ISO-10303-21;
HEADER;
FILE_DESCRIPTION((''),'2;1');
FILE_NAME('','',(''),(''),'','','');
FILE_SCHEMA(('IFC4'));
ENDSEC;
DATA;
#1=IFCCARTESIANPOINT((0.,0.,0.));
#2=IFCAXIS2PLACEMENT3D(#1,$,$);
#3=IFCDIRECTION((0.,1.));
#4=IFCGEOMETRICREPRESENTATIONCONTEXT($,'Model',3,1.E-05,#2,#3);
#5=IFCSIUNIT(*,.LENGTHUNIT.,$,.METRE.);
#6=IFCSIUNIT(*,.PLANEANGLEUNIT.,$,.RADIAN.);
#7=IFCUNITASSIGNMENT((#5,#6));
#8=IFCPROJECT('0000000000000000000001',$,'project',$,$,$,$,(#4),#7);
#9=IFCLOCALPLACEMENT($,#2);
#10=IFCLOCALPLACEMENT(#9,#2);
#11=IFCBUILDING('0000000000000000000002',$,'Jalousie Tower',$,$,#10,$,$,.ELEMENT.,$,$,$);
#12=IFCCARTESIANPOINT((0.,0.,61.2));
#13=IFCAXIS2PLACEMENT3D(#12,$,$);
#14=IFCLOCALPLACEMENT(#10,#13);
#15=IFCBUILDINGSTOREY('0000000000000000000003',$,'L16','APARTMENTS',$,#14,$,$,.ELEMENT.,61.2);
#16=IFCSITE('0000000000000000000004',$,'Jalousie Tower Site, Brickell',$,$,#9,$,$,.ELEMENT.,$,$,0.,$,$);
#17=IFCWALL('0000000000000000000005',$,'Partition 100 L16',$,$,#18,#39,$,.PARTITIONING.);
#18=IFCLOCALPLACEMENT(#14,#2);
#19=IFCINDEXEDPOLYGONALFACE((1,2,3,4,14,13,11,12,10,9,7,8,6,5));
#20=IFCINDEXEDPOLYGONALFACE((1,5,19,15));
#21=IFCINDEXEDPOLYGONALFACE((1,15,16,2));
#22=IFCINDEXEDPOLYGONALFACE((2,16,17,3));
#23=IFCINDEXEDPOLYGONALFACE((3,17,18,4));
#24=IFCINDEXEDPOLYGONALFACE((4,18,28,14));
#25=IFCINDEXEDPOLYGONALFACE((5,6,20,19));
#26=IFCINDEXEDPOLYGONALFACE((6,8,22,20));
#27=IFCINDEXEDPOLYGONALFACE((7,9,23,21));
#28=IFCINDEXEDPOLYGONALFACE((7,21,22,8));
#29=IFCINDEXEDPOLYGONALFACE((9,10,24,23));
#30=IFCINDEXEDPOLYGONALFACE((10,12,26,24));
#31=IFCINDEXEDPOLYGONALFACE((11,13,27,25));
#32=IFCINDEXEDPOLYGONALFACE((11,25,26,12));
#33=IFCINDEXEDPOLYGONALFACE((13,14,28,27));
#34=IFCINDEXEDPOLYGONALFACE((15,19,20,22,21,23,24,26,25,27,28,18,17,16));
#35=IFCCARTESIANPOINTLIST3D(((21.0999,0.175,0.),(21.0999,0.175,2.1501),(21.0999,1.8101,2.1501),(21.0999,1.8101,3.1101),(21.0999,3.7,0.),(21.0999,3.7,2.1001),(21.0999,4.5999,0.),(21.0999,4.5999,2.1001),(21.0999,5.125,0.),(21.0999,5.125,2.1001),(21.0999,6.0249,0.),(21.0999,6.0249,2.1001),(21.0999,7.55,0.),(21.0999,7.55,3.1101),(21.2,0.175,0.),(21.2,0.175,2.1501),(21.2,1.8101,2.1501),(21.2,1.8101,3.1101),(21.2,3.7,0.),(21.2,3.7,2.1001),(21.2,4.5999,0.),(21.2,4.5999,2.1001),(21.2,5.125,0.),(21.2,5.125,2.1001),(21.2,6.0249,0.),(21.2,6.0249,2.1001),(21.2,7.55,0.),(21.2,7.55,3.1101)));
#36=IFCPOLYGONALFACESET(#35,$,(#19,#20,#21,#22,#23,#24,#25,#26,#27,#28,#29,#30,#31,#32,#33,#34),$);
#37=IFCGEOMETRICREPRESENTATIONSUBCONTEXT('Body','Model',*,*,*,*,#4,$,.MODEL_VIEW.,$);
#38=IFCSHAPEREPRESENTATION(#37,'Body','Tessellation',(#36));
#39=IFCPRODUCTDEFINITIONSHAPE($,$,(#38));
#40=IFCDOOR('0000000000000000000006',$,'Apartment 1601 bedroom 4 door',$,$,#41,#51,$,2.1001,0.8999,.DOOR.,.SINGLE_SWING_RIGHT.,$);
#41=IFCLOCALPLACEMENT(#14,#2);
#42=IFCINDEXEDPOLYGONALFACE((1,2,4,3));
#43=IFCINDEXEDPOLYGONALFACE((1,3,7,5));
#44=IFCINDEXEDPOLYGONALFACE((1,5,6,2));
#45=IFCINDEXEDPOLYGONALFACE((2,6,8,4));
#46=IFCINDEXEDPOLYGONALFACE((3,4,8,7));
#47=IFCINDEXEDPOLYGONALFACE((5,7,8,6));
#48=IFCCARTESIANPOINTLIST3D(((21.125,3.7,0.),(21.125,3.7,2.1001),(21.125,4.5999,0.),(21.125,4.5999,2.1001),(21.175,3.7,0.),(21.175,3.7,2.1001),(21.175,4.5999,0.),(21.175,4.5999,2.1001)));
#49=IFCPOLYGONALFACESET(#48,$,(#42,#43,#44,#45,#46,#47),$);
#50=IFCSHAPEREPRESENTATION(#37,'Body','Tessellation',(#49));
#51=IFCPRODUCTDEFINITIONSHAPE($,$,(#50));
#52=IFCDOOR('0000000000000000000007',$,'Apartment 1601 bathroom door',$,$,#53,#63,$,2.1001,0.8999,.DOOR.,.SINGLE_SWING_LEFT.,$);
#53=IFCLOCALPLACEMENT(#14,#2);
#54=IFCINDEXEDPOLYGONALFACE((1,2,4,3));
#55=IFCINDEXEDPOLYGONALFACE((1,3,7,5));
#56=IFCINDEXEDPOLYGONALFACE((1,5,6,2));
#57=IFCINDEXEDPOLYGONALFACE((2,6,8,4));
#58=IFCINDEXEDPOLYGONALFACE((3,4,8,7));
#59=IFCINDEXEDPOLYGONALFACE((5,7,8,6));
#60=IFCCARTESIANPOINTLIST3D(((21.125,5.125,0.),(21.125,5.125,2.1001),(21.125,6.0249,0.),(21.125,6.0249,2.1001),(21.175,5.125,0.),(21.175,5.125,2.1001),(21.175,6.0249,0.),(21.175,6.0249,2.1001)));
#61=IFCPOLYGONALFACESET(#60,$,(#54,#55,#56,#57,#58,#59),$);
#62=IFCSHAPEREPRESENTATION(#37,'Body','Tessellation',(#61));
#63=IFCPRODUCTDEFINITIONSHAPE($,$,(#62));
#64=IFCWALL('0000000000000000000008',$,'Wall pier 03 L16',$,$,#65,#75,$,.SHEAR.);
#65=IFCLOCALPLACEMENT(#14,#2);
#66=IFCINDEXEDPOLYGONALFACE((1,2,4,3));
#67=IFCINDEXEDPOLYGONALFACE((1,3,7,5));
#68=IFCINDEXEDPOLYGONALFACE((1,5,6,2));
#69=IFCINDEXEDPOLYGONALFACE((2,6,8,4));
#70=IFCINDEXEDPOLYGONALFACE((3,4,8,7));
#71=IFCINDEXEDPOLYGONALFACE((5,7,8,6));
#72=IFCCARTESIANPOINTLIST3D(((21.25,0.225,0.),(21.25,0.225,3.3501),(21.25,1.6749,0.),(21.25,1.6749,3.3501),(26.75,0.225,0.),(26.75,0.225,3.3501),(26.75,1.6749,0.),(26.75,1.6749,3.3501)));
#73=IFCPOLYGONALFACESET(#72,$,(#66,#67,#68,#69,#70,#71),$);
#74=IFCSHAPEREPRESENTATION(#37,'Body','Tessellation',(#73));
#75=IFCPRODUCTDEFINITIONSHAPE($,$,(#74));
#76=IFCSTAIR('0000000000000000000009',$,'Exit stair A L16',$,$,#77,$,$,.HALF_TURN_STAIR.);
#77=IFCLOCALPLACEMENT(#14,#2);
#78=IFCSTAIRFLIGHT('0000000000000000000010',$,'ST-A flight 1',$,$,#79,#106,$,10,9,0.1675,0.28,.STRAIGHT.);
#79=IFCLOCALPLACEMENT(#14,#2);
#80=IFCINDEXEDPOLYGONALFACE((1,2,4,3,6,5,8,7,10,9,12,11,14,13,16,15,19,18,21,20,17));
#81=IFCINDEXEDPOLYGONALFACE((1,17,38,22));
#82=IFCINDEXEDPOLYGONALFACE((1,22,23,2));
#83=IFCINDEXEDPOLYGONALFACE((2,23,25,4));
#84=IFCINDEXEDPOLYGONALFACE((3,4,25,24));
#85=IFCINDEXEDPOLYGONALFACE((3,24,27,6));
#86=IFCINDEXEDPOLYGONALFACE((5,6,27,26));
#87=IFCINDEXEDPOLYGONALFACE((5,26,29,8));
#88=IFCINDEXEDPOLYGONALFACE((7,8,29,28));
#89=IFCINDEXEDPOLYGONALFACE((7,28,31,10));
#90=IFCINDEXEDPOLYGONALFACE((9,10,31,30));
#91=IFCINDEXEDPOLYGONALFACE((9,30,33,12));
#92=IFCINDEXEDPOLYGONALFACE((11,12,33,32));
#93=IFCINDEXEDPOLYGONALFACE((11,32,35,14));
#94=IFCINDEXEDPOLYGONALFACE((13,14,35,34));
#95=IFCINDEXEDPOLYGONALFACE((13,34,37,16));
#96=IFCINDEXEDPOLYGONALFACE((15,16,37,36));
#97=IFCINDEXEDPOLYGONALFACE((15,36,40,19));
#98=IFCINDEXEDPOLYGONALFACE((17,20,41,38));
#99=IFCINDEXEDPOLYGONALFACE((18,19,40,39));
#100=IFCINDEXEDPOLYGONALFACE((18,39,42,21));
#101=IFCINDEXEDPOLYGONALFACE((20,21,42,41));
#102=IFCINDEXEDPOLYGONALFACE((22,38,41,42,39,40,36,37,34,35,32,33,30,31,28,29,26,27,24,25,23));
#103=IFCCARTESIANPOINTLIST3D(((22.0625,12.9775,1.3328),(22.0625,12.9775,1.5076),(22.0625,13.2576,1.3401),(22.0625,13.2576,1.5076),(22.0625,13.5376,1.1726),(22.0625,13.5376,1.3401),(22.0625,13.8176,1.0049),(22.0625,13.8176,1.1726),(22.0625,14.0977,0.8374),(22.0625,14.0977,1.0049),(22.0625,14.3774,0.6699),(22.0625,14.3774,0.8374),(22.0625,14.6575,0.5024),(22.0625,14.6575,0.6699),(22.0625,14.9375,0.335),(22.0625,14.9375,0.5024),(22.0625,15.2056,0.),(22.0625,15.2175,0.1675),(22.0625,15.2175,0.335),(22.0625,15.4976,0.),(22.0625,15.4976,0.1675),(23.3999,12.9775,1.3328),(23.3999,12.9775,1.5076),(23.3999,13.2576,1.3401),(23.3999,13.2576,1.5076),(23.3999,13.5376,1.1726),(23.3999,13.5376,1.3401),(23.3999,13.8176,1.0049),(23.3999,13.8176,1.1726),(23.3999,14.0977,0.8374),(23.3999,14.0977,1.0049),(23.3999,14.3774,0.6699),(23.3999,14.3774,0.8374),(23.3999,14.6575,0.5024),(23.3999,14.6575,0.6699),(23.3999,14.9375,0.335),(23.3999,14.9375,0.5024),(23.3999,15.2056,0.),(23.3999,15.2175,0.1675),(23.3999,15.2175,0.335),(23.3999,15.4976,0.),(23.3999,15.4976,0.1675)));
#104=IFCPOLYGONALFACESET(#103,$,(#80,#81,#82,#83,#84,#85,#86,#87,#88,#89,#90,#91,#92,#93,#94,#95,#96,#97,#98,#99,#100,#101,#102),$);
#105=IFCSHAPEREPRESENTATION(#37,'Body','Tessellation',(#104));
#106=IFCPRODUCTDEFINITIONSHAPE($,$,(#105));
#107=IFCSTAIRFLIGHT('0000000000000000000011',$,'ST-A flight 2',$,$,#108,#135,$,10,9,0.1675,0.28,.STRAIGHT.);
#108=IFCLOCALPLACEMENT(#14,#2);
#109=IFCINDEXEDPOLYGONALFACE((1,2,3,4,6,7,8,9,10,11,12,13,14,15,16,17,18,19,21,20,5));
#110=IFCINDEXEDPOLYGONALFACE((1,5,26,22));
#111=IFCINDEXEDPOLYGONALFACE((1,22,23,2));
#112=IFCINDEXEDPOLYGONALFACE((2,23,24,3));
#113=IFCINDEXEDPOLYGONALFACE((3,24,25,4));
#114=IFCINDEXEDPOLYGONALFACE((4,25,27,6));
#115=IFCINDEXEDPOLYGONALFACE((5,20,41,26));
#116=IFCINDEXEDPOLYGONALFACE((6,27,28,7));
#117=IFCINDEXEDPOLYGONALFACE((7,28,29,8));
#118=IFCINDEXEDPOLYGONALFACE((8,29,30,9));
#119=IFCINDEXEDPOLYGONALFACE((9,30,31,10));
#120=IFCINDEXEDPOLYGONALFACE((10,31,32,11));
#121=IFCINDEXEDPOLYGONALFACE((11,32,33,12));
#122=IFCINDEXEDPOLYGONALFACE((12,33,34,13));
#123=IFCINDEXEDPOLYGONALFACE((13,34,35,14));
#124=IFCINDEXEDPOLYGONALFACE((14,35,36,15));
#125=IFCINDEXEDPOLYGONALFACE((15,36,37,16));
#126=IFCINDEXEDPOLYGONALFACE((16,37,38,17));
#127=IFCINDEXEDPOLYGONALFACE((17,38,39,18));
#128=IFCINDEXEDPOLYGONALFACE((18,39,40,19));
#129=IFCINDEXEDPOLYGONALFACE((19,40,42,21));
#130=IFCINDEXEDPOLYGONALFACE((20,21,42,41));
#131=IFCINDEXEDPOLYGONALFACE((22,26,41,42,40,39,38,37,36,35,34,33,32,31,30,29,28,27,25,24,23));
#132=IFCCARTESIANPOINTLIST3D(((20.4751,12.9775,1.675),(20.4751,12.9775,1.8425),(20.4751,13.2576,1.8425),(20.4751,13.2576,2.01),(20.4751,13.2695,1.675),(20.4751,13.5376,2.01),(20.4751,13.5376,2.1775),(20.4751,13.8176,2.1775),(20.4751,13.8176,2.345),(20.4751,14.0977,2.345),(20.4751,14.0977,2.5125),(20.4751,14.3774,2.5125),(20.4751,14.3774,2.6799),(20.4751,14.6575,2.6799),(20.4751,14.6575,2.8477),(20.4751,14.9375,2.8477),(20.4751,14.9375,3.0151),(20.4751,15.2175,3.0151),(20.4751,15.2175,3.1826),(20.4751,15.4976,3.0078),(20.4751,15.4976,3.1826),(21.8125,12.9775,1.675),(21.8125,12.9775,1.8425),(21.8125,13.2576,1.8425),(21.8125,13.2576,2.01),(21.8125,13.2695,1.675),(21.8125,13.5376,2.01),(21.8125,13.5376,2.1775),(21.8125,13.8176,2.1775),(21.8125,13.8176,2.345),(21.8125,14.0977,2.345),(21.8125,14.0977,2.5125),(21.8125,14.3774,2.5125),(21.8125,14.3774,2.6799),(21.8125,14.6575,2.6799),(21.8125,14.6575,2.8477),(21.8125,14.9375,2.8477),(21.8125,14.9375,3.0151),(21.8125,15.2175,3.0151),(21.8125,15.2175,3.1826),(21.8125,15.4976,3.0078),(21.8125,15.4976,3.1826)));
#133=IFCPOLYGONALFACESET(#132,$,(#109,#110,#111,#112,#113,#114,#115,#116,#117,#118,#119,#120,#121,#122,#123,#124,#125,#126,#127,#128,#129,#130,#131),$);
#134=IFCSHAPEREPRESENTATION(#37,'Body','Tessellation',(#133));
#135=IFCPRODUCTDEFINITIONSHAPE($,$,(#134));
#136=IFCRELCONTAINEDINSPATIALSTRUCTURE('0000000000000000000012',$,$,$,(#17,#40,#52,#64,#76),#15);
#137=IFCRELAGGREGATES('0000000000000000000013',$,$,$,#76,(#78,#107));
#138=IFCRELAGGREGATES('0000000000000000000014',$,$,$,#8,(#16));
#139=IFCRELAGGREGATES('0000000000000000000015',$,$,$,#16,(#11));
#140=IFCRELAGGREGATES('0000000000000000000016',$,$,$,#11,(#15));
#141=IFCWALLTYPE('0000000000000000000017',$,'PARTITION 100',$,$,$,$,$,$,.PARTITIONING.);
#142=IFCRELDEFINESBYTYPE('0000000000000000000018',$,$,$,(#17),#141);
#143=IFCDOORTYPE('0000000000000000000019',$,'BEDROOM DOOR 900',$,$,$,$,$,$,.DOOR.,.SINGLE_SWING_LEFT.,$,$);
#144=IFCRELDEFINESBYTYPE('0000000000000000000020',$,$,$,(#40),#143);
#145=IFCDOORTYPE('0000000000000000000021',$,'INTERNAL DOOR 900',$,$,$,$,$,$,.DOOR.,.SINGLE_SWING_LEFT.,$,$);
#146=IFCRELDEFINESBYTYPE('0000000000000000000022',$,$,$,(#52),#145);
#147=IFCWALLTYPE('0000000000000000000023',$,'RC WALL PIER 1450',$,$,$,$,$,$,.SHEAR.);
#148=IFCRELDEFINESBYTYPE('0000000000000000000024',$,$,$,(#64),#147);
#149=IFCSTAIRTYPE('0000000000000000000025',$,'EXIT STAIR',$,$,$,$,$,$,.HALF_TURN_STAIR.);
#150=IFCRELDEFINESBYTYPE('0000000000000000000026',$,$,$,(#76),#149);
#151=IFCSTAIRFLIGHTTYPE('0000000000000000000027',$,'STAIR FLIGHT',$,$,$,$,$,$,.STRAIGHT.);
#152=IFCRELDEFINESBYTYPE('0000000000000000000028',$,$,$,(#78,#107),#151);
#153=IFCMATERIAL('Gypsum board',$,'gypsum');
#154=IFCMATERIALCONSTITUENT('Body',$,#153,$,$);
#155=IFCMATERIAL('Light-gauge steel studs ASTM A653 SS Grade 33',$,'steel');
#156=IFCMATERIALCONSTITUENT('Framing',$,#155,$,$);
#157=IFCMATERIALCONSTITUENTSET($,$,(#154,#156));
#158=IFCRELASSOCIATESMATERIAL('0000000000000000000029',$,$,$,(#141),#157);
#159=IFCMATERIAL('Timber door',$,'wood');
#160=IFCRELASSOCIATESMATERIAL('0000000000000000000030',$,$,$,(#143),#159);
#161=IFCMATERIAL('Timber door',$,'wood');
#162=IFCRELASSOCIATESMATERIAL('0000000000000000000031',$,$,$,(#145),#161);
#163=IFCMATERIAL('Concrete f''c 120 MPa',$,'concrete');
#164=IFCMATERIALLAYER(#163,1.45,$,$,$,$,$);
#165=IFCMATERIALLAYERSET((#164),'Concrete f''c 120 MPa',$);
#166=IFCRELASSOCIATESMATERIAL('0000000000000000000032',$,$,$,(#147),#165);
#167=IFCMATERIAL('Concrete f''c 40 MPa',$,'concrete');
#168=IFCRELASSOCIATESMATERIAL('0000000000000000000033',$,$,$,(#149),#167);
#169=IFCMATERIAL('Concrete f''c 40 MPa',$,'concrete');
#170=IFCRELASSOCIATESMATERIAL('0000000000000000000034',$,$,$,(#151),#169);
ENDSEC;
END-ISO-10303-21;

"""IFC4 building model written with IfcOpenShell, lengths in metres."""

from ifc_helpers import new_model, si_unit, direction, frame, frame_2d, origin, place, context, subcontext, project, spatial, polyline, rectangle, outline, extrude, material, layer, layer_set, constituent, constituent_set, type_object, element, fill, aggregate, save


model = new_model("IFC4")

# Units and contexts
model_context = context("Model", 3, precision=1e-05, world=origin(), true_north=direction((0.0, 1.0)))
body_context = subcontext(model_context, "Body", "Model", "MODEL_VIEW")
ifc_project = project(units=[si_unit("LENGTHUNIT", "METRE"), si_unit("PLANEANGLEUNIT", "RADIAN")], contexts=[model_context])

# Site, building, storey
site_placement = place(None, origin())
site = spatial("IfcSite", under=ifc_project, at=site_placement, Name="Jalousie Tower Site, Brickell", CompositionType="ELEMENT", RefElevation=0.0)
building_placement = place(site_placement, origin())
building = spatial("IfcBuilding", under=site, at=building_placement, Name="Jalousie Tower", CompositionType="ELEMENT")
storey_placement = place(building_placement, frame((0.0, 0.0, 61.2)))
storey = spatial("IfcBuildingStorey", under=building, at=storey_placement, Name="L16", Description="APARTMENTS", CompositionType="ELEMENT", Elevation=61.2)

# Wall, openings, doors
ifc_material_1 = material(Name="Gypsum board", Category="gypsum")
ifc_constituent_1 = constituent(ifc_material_1, Name="Body")
ifc_material_2 = material(Name="Light-gauge steel studs ASTM A653 SS Grade 33", Category="steel")
ifc_constituent_2 = constituent(ifc_material_2, Name="Framing")
ifc_constituent_set_1 = constituent_set(constituents=[ifc_constituent_1, ifc_constituent_2])
wall_type_1 = type_object("IfcWallType", Name="PARTITION 100", PredefinedType="PARTITIONING", material=ifc_constituent_set_1)
wall_1_placement = place(storey_placement, frame((21.1499, 0.175, 0.0), z_axis=(0.0, 0.0, 1.0), x_axis=(0.0, 1.0, 0.0)))
wall_1 = element("IfcWall", 1, at=wall_1_placement, inside=storey, type_object=wall_type_1, Name="Partition 100 L16", PredefinedType="PARTITIONING", context=body_context, shape_type="SweptSolid", body=[
    extrude(outline(polyline([(0.0, 0.0), (7.375, 0.0), (7.375, 3.1101), (1.635, 3.1101), (1.635, 2.1501), (0.0, 2.1501), (0.0, 3.1101), (0.0, 0.0)])), frame((0.0, 0.05, 0.0), z_axis=(0.0, -1.0, 0.0), x_axis=(1.0, 0.0, 0.0)), (0.0, 0.0, 1.0), 0.1001),
])
opening_1_placement = place(wall_1_placement, frame((3.5249, 0.0, 0.0)))
opening_1 = element("IfcOpeningElement", 2, at=opening_1_placement, cuts=wall_1, PredefinedType="OPENING", context=body_context, shape_type="SweptSolid", body=[
    extrude(rectangle(XDim=0.8999, YDim=2.1001, at=frame_2d((0.45, 1.05))), frame((0.0, 0.0601, 0.0), z_axis=(0.0, -1.0, 0.0), x_axis=(1.0, 0.0, 0.0)), (0.0, 0.0, 1.0), 0.1201),
])
opening_2_placement = place(wall_1_placement, frame((4.95, 0.0, 0.0)))
opening_2 = element("IfcOpeningElement", 3, at=opening_2_placement, cuts=wall_1, PredefinedType="OPENING", context=body_context, shape_type="SweptSolid", body=[
    extrude(rectangle(XDim=0.8999, YDim=2.1001, at=frame_2d((0.45, 1.05))), frame((0.0, 0.0601, 0.0), z_axis=(0.0, -1.0, 0.0), x_axis=(1.0, 0.0, 0.0)), (0.0, 0.0, 1.0), 0.1201),
])
ifc_material_3 = material(Name="Timber door", Category="wood")
door_type_1 = type_object("IfcDoorType", Name="BEDROOM DOOR 900", OperationType="SINGLE_SWING_LEFT", PredefinedType="DOOR", material=ifc_material_3)
door_1_placement = place(opening_1_placement, origin())
door_1 = element("IfcDoor", 4, at=door_1_placement, inside=storey, type_object=door_type_1, Name="Apartment 1601 bedroom 4 door", OperationType="SINGLE_SWING_RIGHT", OverallHeight=2.1001, OverallWidth=0.8999, PredefinedType="DOOR", context=body_context, shape_type="SweptSolid", body=[
    extrude(rectangle(XDim=0.8999, YDim=2.1001, at=frame_2d((0.45, 1.05))), frame((0.0, 0.0249, 0.0), z_axis=(0.0, -1.0, 0.0), x_axis=(1.0, 0.0, 0.0)), (0.0, 0.0, 1.0), 0.05),
])
fill(opening_1, door_1)
ifc_material_4 = material(Name="Timber door", Category="wood")
door_type_2 = type_object("IfcDoorType", Name="INTERNAL DOOR 900", OperationType="SINGLE_SWING_LEFT", PredefinedType="DOOR", material=ifc_material_4)
door_2_placement = place(opening_2_placement, origin())
door_2 = element("IfcDoor", 5, at=door_2_placement, inside=storey, type_object=door_type_2, Name="Apartment 1601 bathroom door", OperationType="SINGLE_SWING_LEFT", OverallHeight=2.1001, OverallWidth=0.8999, PredefinedType="DOOR", context=body_context, shape_type="SweptSolid", body=[
    extrude(rectangle(XDim=0.8999, YDim=2.1001, at=frame_2d((0.45, 1.05))), frame((0.0, 0.0249, 0.0), z_axis=(0.0, -1.0, 0.0), x_axis=(1.0, 0.0, 0.0)), (0.0, 0.0, 1.0), 0.05),
])
fill(opening_2, door_2)

# Wall
ifc_material_5 = material(Name="Concrete f'c 120 MPa", Category="concrete")
ifc_layer_1 = layer(ifc_material_5, 1.45)
ifc_layer_set_1 = layer_set([ifc_layer_1], Name="Concrete f'c 120 MPa")
wall_type_2 = type_object("IfcWallType", Name="RC WALL PIER 1450", PredefinedType="SHEAR", material=ifc_layer_set_1)
wall_2_placement = place(storey_placement, frame((21.25, 0.95, 0.0), z_axis=(0.0, 0.0, 1.0), x_axis=(1.0, 0.0, 0.0)))
element("IfcWall", 6, at=wall_2_placement, inside=storey, type_object=wall_type_2, Name="Wall pier 03 L16", PredefinedType="SHEAR", context=body_context, shape_type="SweptSolid", body=[
    extrude(rectangle(XDim=5.5, YDim=1.45, at=frame_2d((2.75, 0.0))), origin(), (0.0, 0.0, 1.0), 3.3501),
])

# Stair, stair flights
ifc_material_6 = material(Name="Concrete f'c 40 MPa", Category="concrete")
stair_type = type_object("IfcStairType", Name="EXIT STAIR", PredefinedType="HALF_TURN_STAIR", material=ifc_material_6)
stair_placement = place(storey_placement, origin())
stair = element("IfcStair", 7, at=stair_placement, inside=storey, type_object=stair_type, Name="Exit stair A L16", PredefinedType="HALF_TURN_STAIR")
ifc_material_7 = material(Name="Concrete f'c 40 MPa", Category="concrete")
stair_flight_type = type_object("IfcStairFlightType", Name="STAIR FLIGHT", PredefinedType="STRAIGHT", material=ifc_material_7)
stair_flight_1_placement = place(storey_placement, frame((22.7312, 15.4976, 0.0), z_axis=(0.0, 0.0, 1.0), x_axis=(0.0, -1.0, 0.0)))
stair_flight_1 = element("IfcStairFlight", 8, at=stair_flight_1_placement, type_object=stair_flight_type, Name="ST-A flight 1", NumberOfRisers=10, NumberOfTreads=9, PredefinedType="STRAIGHT", RiserHeight=0.1675, TreadLength=0.28, context=body_context, shape_type="SweptSolid", body=[
    extrude(outline(polyline([(0.0, 0.0), (0.0, 0.1675), (0.28, 0.1675), (0.28, 0.335), (0.5601, 0.335), (0.5601, 0.5024), (0.8401, 0.5024), (0.8401, 0.6699), (1.1201, 0.6699), (1.1201, 0.8374), (1.3999, 0.8374), (1.3999, 1.0049), (1.6799, 1.0049), (1.6799, 1.1726), (1.96, 1.1726), (1.96, 1.3401), (2.24, 1.3401), (2.24, 1.5076), (2.52, 1.5076), (2.52, 1.675), (2.52, 1.3328), (0.292, 0.0), (0.0, 0.0)])), frame((0.0, 0.6687, 0.0), z_axis=(0.0, -1.0, 0.0), x_axis=(1.0, 0.0, 0.0)), (0.0, 0.0, 1.0), 1.3374),
])
stair_flight_2_placement = place(storey_placement, frame((21.1438, 12.9775, 1.675), z_axis=(0.0, 0.0, 1.0), x_axis=(0.0, 1.0, 0.0)))
stair_flight_2 = element("IfcStairFlight", 9, at=stair_flight_2_placement, type_object=stair_flight_type, Name="ST-A flight 2", NumberOfRisers=10, NumberOfTreads=9, PredefinedType="STRAIGHT", RiserHeight=0.1675, TreadLength=0.28, context=body_context, shape_type="SweptSolid", body=[
    extrude(outline(polyline([(0.0, 0.0), (0.0, 0.1675), (0.28, 0.1675), (0.28, 0.335), (0.5601, 0.335), (0.5601, 0.5024), (0.8401, 0.5024), (0.8401, 0.6699), (1.1201, 0.6699), (1.1201, 0.8374), (1.3999, 0.8374), (1.3999, 1.0049), (1.6799, 1.0049), (1.6799, 1.1726), (1.96, 1.1726), (1.96, 1.3401), (2.24, 1.3401), (2.24, 1.5076), (2.52, 1.5076), (2.52, 1.675), (2.52, 1.3328), (0.292, 0.0), (0.0, 0.0)])), frame((0.0, 0.6687, 0.0), z_axis=(0.0, -1.0, 0.0), x_axis=(1.0, 0.0, 0.0)), (0.0, 0.0, 1.0), 1.3374),
])
aggregate(stair, [stair_flight_1, stair_flight_2])

save(model, "model.ifc")
